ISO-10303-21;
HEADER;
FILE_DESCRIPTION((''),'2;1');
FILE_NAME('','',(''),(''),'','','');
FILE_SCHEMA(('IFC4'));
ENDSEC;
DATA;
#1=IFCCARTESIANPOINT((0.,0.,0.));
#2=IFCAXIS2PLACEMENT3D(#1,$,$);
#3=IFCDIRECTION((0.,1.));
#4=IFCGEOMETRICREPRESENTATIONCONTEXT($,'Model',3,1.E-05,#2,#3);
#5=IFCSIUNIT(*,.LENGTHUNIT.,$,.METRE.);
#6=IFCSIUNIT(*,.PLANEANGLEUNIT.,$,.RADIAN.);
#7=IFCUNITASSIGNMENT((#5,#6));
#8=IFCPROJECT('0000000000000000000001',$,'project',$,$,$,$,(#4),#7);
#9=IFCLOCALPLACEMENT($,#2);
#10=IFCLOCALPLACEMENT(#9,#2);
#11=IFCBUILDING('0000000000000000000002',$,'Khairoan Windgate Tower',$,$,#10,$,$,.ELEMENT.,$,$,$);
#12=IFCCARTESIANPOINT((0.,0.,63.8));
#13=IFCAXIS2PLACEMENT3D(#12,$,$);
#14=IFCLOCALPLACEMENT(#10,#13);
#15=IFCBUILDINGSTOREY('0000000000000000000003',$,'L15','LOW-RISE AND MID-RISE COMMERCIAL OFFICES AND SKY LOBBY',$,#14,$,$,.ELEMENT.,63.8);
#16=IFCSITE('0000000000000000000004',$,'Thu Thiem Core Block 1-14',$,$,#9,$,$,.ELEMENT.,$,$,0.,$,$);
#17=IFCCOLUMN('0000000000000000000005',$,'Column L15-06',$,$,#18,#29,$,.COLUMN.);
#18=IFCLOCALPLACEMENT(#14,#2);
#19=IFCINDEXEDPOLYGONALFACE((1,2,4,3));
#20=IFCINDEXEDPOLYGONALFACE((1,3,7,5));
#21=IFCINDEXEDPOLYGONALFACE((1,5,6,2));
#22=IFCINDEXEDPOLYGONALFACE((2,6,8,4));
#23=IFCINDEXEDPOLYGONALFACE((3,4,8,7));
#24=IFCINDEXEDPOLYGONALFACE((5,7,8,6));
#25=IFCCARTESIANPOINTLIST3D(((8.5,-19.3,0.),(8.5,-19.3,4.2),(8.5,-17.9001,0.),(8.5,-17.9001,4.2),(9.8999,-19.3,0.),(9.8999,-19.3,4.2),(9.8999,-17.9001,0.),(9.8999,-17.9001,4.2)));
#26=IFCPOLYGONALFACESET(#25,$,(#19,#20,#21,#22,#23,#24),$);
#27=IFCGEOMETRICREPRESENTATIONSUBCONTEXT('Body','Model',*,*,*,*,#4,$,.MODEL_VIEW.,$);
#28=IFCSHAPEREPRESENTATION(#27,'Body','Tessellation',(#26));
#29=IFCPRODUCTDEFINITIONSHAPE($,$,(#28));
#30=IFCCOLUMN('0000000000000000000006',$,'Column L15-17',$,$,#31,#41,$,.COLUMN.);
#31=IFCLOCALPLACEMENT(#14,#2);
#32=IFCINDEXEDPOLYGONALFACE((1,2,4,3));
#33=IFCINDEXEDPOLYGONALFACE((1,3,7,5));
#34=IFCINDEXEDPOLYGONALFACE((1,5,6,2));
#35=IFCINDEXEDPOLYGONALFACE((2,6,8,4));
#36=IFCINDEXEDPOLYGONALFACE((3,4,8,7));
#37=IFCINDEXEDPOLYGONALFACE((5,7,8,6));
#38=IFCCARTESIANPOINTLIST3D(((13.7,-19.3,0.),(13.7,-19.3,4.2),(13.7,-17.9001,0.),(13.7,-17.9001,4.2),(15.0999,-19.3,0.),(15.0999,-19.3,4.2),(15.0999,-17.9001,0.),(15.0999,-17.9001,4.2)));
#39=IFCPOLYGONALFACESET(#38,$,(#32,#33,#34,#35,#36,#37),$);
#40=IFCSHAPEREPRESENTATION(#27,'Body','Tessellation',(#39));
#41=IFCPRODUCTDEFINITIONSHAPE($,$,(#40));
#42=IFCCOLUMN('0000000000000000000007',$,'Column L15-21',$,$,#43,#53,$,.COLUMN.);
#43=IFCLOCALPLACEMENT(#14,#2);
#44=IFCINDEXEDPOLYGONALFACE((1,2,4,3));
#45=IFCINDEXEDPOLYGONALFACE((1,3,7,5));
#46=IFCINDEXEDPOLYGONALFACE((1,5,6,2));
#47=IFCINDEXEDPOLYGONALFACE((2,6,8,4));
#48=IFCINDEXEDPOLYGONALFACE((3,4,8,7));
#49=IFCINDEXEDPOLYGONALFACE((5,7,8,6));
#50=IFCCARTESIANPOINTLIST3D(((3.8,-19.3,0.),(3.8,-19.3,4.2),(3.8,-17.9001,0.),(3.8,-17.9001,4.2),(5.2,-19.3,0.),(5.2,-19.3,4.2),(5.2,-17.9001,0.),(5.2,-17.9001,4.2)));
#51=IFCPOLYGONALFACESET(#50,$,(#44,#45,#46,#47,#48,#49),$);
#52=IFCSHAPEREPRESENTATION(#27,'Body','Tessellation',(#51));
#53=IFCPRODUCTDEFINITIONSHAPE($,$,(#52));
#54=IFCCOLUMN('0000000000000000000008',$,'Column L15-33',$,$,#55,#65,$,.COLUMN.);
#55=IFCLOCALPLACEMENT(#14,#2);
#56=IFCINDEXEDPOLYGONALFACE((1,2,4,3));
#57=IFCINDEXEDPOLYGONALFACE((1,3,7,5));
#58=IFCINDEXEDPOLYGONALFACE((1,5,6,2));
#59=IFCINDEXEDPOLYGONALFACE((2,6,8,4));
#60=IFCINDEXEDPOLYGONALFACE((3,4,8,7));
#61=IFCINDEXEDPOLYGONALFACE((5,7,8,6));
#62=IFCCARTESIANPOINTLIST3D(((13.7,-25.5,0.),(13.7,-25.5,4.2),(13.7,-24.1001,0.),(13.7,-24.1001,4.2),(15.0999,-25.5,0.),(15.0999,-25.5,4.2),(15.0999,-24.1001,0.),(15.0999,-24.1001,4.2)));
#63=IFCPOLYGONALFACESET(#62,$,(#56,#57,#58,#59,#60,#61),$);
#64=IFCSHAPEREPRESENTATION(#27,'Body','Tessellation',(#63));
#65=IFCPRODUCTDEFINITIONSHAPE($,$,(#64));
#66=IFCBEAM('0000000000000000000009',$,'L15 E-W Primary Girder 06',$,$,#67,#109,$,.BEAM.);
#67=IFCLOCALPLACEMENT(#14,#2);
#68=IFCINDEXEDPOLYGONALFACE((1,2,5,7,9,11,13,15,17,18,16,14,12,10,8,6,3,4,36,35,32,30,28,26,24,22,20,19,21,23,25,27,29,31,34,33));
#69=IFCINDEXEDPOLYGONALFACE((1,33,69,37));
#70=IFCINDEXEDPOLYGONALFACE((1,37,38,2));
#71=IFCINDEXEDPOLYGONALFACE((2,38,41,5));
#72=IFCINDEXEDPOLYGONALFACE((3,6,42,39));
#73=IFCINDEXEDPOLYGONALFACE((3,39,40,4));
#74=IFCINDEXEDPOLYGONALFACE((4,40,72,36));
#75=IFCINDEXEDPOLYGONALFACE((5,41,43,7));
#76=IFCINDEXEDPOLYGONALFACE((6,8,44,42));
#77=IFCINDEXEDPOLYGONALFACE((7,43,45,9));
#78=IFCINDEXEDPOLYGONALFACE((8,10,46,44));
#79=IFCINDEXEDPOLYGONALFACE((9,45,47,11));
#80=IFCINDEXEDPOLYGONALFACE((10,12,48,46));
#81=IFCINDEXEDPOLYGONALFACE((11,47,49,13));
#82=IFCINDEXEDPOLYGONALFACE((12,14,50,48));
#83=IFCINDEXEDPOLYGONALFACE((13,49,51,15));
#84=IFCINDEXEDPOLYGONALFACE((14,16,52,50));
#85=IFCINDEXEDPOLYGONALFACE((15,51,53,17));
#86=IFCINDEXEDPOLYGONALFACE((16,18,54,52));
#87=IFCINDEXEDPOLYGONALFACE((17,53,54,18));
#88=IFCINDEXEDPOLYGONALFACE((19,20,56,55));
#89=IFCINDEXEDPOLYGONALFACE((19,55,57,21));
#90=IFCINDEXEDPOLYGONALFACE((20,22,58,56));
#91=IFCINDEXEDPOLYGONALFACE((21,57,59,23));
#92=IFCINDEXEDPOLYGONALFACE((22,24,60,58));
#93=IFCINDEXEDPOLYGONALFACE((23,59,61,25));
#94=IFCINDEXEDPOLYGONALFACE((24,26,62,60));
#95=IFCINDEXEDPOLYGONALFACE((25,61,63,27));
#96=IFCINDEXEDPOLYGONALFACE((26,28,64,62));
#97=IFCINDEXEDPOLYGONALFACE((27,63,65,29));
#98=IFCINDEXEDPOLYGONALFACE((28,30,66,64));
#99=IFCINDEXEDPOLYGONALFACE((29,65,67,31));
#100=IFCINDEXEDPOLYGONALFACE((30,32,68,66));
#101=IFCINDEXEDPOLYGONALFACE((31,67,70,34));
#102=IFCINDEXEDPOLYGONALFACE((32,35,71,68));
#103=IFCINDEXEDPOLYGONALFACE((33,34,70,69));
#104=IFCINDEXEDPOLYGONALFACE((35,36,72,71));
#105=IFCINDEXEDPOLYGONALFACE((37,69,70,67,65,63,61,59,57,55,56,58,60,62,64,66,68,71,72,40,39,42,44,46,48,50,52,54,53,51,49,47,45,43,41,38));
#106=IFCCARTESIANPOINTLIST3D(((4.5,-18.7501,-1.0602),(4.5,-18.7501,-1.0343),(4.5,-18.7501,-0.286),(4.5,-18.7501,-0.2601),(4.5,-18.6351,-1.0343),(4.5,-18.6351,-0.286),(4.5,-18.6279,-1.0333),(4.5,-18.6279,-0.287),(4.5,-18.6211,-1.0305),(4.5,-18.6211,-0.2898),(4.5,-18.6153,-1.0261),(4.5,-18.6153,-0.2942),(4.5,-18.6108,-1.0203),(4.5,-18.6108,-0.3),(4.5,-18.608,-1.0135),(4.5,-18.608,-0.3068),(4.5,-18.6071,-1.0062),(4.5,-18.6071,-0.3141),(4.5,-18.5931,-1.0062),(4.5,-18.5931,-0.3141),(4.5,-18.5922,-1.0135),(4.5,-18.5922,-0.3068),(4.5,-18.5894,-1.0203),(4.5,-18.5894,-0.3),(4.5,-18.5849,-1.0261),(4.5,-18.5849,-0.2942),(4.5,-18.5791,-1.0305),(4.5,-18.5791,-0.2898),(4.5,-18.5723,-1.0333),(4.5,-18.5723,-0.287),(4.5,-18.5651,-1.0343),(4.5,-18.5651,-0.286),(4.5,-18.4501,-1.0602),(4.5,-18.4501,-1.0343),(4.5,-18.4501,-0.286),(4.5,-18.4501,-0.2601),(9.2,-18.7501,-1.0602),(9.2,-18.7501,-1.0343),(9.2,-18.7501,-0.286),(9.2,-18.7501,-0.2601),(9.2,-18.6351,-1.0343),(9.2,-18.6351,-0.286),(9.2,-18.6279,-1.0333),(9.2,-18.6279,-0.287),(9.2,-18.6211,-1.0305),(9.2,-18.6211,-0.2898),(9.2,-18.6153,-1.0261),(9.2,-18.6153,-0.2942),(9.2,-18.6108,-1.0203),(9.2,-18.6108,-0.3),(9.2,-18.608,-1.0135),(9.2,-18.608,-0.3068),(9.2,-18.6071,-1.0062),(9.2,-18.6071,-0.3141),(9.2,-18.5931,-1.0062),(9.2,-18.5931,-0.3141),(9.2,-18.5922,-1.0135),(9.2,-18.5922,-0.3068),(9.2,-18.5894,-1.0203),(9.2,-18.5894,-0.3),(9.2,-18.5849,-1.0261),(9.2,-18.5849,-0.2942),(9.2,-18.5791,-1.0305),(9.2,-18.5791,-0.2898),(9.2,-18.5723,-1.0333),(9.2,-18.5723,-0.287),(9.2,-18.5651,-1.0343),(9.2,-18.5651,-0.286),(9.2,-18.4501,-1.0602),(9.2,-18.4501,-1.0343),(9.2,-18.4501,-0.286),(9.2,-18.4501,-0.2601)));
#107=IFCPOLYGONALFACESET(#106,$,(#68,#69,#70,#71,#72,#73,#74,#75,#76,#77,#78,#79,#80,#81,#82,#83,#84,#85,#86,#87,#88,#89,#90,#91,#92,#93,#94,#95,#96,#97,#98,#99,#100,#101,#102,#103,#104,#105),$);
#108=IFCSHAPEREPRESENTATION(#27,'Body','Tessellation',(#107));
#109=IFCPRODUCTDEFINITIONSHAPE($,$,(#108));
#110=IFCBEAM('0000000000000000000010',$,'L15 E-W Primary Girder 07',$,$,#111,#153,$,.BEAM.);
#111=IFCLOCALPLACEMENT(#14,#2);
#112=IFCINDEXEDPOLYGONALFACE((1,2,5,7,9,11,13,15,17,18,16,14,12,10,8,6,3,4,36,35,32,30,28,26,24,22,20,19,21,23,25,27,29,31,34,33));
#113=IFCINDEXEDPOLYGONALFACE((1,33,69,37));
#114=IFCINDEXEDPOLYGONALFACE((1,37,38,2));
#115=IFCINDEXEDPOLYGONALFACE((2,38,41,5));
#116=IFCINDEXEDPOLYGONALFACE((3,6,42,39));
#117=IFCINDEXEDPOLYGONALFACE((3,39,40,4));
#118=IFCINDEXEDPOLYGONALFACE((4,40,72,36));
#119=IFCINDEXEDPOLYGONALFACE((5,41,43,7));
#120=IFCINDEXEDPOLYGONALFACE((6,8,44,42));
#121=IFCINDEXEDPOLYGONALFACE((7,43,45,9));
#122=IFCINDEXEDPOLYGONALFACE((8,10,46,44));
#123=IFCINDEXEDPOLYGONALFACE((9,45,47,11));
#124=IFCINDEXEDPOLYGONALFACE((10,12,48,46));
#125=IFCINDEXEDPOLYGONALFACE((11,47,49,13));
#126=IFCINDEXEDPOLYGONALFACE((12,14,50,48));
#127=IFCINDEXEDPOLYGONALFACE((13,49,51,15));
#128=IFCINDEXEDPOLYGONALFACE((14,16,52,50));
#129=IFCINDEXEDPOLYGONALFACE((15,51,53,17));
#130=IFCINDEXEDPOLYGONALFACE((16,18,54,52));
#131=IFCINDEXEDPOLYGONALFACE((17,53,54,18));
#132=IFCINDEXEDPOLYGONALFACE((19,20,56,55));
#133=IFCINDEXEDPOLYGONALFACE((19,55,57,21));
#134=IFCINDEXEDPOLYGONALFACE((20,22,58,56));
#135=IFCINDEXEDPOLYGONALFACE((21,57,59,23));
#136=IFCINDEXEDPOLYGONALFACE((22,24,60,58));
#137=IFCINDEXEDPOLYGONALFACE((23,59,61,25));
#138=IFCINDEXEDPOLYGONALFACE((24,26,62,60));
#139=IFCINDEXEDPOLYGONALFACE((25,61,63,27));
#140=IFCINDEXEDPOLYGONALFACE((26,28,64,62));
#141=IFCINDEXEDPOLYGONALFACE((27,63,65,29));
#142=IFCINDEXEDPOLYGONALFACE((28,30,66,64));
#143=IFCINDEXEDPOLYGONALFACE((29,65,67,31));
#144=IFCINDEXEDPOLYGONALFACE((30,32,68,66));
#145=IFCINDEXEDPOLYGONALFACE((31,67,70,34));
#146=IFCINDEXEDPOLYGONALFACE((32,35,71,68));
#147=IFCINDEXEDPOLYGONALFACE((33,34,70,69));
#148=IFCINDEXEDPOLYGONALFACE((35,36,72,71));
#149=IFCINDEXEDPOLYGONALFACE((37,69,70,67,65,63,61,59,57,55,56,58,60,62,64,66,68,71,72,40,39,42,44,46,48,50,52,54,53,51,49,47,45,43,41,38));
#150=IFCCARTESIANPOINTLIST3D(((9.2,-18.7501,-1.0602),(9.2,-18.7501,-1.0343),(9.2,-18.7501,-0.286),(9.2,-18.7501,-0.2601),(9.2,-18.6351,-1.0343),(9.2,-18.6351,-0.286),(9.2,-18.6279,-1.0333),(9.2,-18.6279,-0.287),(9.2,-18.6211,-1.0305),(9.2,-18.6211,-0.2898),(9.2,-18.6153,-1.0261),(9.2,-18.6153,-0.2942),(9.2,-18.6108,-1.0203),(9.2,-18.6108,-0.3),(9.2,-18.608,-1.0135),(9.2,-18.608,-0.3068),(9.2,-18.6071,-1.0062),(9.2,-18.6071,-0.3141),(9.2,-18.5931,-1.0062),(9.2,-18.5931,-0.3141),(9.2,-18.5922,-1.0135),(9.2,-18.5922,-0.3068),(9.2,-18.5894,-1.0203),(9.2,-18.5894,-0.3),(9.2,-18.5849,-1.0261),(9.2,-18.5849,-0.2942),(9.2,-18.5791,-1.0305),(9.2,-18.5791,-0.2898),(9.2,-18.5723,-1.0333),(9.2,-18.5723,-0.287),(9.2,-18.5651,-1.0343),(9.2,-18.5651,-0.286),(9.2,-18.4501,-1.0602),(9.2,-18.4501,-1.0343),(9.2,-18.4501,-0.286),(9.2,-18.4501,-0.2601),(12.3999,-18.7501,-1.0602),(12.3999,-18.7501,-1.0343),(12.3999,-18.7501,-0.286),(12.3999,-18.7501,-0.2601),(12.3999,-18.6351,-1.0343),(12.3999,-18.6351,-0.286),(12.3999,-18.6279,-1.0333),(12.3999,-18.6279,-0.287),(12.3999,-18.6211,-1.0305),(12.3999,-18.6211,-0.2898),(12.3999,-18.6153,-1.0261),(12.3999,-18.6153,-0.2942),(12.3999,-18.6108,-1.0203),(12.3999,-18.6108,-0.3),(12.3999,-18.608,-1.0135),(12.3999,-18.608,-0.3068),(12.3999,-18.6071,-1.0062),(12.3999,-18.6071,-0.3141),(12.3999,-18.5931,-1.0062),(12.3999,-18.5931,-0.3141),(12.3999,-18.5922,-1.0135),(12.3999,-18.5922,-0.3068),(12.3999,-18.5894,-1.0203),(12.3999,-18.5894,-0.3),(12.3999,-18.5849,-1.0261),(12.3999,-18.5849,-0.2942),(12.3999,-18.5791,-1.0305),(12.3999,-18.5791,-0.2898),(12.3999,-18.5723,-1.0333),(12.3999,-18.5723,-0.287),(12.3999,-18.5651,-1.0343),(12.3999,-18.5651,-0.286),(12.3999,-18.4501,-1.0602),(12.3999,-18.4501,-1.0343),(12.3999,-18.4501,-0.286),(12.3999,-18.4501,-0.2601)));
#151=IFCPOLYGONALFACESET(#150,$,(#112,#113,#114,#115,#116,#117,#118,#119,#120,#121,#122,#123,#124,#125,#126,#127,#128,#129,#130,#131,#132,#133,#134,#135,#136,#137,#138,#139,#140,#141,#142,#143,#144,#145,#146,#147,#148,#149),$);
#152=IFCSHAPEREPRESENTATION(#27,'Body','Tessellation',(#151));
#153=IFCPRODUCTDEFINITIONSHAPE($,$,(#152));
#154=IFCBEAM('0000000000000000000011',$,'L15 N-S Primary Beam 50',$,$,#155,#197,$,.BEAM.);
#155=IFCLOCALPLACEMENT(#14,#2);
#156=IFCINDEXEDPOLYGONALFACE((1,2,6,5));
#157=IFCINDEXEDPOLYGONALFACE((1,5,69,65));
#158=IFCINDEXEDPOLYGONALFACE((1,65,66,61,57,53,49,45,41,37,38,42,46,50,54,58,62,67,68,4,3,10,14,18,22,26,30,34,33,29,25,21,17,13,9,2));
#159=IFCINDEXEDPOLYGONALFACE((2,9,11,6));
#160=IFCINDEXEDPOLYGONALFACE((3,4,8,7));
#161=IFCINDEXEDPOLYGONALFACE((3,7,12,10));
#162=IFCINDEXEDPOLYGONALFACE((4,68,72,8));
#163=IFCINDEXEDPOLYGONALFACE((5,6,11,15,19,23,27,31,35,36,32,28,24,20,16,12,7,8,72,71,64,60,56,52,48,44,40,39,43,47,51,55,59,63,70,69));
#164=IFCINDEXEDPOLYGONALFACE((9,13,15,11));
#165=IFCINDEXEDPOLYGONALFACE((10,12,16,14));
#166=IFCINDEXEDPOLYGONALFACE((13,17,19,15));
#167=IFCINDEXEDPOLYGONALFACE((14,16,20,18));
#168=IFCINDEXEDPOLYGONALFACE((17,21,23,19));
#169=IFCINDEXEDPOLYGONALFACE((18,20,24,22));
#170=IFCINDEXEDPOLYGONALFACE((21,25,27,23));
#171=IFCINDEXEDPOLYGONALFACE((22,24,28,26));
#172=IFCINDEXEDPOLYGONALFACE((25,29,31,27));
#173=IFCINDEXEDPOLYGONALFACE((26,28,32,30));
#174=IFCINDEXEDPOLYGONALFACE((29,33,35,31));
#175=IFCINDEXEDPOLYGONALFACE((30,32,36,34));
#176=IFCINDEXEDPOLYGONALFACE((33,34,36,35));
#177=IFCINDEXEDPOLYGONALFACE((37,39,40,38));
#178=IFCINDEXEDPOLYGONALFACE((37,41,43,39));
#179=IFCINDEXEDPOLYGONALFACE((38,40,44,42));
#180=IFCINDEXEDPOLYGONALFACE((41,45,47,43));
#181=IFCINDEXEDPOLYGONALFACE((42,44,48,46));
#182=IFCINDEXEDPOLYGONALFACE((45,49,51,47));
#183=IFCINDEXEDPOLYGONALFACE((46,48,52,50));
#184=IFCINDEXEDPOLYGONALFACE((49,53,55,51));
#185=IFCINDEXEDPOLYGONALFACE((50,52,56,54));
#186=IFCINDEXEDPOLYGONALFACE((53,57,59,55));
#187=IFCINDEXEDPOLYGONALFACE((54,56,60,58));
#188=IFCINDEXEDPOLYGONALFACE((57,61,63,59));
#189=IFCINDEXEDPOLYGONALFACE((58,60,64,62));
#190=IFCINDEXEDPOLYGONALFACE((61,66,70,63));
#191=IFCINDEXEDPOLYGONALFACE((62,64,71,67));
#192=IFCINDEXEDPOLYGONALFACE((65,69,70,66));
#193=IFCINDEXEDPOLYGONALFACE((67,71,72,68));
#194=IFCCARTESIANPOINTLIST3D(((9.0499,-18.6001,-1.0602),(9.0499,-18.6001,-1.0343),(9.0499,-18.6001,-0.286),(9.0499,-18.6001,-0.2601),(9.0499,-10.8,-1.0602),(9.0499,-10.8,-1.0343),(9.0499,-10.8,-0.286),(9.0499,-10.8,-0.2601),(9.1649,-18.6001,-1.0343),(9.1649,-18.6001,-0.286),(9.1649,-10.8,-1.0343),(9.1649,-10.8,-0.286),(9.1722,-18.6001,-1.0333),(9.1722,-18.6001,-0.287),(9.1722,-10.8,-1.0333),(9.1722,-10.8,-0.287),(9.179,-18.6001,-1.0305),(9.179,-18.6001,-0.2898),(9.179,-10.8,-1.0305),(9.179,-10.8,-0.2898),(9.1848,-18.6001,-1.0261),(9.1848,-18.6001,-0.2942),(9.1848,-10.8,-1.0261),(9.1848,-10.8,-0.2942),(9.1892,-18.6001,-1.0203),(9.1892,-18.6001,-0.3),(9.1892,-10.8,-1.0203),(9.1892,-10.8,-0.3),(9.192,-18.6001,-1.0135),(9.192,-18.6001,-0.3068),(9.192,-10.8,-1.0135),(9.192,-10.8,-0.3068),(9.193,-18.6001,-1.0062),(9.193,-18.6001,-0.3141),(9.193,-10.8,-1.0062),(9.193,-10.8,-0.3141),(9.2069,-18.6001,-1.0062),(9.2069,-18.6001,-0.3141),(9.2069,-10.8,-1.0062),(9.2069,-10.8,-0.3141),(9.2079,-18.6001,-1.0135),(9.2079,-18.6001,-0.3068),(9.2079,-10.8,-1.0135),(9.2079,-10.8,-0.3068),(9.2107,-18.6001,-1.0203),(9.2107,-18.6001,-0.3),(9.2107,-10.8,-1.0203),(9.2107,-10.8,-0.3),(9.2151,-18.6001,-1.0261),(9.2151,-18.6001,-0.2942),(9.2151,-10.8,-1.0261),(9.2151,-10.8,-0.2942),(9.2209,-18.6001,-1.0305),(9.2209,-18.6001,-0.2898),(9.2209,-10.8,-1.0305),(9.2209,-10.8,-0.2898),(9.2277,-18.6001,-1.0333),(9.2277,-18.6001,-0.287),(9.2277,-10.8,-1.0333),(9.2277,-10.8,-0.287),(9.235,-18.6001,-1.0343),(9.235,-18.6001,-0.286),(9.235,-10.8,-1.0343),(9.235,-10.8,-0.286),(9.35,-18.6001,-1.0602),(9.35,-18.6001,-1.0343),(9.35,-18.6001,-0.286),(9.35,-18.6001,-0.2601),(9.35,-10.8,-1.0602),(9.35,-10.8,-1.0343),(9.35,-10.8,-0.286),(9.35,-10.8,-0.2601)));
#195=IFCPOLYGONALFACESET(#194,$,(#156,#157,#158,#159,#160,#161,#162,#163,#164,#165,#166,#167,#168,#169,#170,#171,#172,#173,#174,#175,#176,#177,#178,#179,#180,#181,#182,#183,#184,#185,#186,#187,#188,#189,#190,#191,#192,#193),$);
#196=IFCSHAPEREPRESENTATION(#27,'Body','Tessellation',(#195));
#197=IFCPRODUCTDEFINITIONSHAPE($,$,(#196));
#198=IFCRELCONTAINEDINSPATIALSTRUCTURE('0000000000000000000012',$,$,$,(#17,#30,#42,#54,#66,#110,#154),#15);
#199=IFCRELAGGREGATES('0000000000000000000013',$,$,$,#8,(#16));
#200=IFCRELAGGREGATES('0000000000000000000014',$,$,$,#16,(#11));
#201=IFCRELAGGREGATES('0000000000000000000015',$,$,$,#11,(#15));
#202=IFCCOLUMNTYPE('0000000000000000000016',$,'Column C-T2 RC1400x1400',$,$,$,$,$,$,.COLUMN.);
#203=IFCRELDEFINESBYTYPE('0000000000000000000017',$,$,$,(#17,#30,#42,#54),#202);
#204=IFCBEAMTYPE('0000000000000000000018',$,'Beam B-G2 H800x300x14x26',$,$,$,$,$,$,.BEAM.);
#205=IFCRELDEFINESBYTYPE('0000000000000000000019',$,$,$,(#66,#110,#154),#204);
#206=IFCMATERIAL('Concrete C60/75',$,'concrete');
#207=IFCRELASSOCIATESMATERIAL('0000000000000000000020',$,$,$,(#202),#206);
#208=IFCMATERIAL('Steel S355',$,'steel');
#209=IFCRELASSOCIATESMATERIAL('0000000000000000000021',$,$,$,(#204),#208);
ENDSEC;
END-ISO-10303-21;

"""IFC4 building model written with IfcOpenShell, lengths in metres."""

from ifc_helpers import new_model, si_unit, direction, frame, origin, origin_2d, place, context, subcontext, project, spatial, rectangle, i_section, extrude, material, material_profile, profile_set, type_object, element, save


model = new_model("IFC4")

# Units and contexts
model_context = context("Model", 3, precision=1e-05, world=origin(), true_north=direction((0.0, 1.0)))
body_context = subcontext(model_context, "Body", "Model", "MODEL_VIEW")
ifc_project = project(units=[si_unit("LENGTHUNIT", "METRE"), si_unit("PLANEANGLEUNIT", "RADIAN")], contexts=[model_context])

# Site, building, storey
site_placement = place(None, origin())
site = spatial("IfcSite", under=ifc_project, at=site_placement, Name="Thu Thiem Core Block 1-14", CompositionType="ELEMENT", RefElevation=0.0)
building_placement = place(site_placement, origin())
building = spatial("IfcBuilding", under=site, at=building_placement, Name="Khairoan Windgate Tower", CompositionType="ELEMENT")
storey_placement = place(building_placement, frame((0.0, 0.0, 63.8)))
storey = spatial("IfcBuildingStorey", under=building, at=storey_placement, Name="L15", Description="LOW-RISE AND MID-RISE COMMERCIAL OFFICES AND SKY LOBBY", CompositionType="ELEMENT", Elevation=63.8)

# Columns
ifc_material_1 = material(Name="Concrete C60/75", Category="concrete")
ifc_material_profile_1 = material_profile(ifc_material_1, rectangle(XDim=1.3999, YDim=1.3999, at=origin_2d()))
ifc_profile_set_1 = profile_set([ifc_material_profile_1], Name="Concrete C60/75")
column_type = type_object("IfcColumnType", Name="Column C-T2 RC1400x1400", PredefinedType="COLUMN", material=ifc_profile_set_1)
for number, where, z_axis, x_axis, name in (
    (1, (9.2, -18.6001, 0.0), (0.0, 0.0, 1.0), (1.0, 0.0, 0.0), "Column L15-06"),
    (2, (14.3999, -18.6001, 0.0), (0.0, 0.0, 1.0), (1.0, 0.0, 0.0), "Column L15-17"),
    (3, (4.5, -18.6001, 0.0), (0.0, 0.0, 1.0), (1.0, 0.0, 0.0), "Column L15-21"),
    (4, (14.3999, -24.8, 0.0), (0.0, 0.0, 1.0), (1.0, 0.0, 0.0), "Column L15-33"),
):
    element("IfcColumn", number, at=place(storey_placement, frame(where, z_axis=z_axis, x_axis=x_axis)), inside=storey, type_object=column_type, Name=name, PredefinedType="COLUMN", context=body_context, shape_type="SweptSolid", body=[
        extrude(rectangle(XDim=1.3999, YDim=1.3999, at=origin_2d()), origin(), (0.0, 0.0, 1.0), 4.2),
    ])

# Beams
ifc_material_2 = material(Name="Steel S355", Category="steel")
ifc_material_profile_2 = material_profile(ifc_material_2, i_section(OverallWidth=0.3, OverallDepth=0.8, WebThickness=0.0139, FlangeThickness=0.0259, FilletRadius=0.0281, at=origin_2d()))
ifc_profile_set_2 = profile_set([ifc_material_profile_2], Name="Steel S355")
beam_type_1 = type_object("IfcBeamType", Name="Beam B-G2 H800x300x14x26", PredefinedType="BEAM", material=ifc_profile_set_2)
beam_1_placement = place(storey_placement, frame((4.5, -18.6001, -0.6602), z_axis=(1.0, 0.0, 0.0), x_axis=(0.0, 1.0, 0.0)))
element("IfcBeam", 5, at=beam_1_placement, inside=storey, type_object=beam_type_1, Name="L15 E-W Primary Girder 06", PredefinedType="BEAM", context=body_context, shape_type="SweptSolid", body=[
    extrude(i_section(OverallWidth=0.3, OverallDepth=0.8, WebThickness=0.0139, FlangeThickness=0.0259, FilletRadius=0.0281, at=origin_2d()), origin(), (0.0, 0.0, 1.0), 4.7),
])
beam_2_placement = place(storey_placement, frame((9.2, -18.6001, -0.6602), z_axis=(1.0, 0.0, 0.0), x_axis=(0.0, 1.0, 0.0)))
element("IfcBeam", 6, at=beam_2_placement, inside=storey, type_object=beam_type_1, Name="L15 E-W Primary Girder 07", PredefinedType="BEAM", context=body_context, shape_type="SweptSolid", body=[
    extrude(i_section(OverallWidth=0.3, OverallDepth=0.8, WebThickness=0.0139, FlangeThickness=0.0259, FilletRadius=0.0281, at=origin_2d()), origin(), (0.0, 0.0, 1.0), 3.2),
])
for number, where, z_axis, x_axis, name in (
    (7, (9.2, -18.6001, -0.6602), (0.0, 1.0, 0.0), (-1.0, 0.0, 0.0), "L15 N-S Primary Beam 50"),
):
    element("IfcBeam", number, at=place(storey_placement, frame(where, z_axis=z_axis, x_axis=x_axis)), inside=storey, type_object=beam_type_1, Name=name, PredefinedType="BEAM", context=body_context, shape_type="SweptSolid", body=[
        extrude(i_section(OverallWidth=0.3, OverallDepth=0.8, WebThickness=0.0139, FlangeThickness=0.0259, FilletRadius=0.0281, at=origin_2d()), origin(), (0.0, 0.0, 1.0), 7.8),
    ])

save(model, "model.ifc")
